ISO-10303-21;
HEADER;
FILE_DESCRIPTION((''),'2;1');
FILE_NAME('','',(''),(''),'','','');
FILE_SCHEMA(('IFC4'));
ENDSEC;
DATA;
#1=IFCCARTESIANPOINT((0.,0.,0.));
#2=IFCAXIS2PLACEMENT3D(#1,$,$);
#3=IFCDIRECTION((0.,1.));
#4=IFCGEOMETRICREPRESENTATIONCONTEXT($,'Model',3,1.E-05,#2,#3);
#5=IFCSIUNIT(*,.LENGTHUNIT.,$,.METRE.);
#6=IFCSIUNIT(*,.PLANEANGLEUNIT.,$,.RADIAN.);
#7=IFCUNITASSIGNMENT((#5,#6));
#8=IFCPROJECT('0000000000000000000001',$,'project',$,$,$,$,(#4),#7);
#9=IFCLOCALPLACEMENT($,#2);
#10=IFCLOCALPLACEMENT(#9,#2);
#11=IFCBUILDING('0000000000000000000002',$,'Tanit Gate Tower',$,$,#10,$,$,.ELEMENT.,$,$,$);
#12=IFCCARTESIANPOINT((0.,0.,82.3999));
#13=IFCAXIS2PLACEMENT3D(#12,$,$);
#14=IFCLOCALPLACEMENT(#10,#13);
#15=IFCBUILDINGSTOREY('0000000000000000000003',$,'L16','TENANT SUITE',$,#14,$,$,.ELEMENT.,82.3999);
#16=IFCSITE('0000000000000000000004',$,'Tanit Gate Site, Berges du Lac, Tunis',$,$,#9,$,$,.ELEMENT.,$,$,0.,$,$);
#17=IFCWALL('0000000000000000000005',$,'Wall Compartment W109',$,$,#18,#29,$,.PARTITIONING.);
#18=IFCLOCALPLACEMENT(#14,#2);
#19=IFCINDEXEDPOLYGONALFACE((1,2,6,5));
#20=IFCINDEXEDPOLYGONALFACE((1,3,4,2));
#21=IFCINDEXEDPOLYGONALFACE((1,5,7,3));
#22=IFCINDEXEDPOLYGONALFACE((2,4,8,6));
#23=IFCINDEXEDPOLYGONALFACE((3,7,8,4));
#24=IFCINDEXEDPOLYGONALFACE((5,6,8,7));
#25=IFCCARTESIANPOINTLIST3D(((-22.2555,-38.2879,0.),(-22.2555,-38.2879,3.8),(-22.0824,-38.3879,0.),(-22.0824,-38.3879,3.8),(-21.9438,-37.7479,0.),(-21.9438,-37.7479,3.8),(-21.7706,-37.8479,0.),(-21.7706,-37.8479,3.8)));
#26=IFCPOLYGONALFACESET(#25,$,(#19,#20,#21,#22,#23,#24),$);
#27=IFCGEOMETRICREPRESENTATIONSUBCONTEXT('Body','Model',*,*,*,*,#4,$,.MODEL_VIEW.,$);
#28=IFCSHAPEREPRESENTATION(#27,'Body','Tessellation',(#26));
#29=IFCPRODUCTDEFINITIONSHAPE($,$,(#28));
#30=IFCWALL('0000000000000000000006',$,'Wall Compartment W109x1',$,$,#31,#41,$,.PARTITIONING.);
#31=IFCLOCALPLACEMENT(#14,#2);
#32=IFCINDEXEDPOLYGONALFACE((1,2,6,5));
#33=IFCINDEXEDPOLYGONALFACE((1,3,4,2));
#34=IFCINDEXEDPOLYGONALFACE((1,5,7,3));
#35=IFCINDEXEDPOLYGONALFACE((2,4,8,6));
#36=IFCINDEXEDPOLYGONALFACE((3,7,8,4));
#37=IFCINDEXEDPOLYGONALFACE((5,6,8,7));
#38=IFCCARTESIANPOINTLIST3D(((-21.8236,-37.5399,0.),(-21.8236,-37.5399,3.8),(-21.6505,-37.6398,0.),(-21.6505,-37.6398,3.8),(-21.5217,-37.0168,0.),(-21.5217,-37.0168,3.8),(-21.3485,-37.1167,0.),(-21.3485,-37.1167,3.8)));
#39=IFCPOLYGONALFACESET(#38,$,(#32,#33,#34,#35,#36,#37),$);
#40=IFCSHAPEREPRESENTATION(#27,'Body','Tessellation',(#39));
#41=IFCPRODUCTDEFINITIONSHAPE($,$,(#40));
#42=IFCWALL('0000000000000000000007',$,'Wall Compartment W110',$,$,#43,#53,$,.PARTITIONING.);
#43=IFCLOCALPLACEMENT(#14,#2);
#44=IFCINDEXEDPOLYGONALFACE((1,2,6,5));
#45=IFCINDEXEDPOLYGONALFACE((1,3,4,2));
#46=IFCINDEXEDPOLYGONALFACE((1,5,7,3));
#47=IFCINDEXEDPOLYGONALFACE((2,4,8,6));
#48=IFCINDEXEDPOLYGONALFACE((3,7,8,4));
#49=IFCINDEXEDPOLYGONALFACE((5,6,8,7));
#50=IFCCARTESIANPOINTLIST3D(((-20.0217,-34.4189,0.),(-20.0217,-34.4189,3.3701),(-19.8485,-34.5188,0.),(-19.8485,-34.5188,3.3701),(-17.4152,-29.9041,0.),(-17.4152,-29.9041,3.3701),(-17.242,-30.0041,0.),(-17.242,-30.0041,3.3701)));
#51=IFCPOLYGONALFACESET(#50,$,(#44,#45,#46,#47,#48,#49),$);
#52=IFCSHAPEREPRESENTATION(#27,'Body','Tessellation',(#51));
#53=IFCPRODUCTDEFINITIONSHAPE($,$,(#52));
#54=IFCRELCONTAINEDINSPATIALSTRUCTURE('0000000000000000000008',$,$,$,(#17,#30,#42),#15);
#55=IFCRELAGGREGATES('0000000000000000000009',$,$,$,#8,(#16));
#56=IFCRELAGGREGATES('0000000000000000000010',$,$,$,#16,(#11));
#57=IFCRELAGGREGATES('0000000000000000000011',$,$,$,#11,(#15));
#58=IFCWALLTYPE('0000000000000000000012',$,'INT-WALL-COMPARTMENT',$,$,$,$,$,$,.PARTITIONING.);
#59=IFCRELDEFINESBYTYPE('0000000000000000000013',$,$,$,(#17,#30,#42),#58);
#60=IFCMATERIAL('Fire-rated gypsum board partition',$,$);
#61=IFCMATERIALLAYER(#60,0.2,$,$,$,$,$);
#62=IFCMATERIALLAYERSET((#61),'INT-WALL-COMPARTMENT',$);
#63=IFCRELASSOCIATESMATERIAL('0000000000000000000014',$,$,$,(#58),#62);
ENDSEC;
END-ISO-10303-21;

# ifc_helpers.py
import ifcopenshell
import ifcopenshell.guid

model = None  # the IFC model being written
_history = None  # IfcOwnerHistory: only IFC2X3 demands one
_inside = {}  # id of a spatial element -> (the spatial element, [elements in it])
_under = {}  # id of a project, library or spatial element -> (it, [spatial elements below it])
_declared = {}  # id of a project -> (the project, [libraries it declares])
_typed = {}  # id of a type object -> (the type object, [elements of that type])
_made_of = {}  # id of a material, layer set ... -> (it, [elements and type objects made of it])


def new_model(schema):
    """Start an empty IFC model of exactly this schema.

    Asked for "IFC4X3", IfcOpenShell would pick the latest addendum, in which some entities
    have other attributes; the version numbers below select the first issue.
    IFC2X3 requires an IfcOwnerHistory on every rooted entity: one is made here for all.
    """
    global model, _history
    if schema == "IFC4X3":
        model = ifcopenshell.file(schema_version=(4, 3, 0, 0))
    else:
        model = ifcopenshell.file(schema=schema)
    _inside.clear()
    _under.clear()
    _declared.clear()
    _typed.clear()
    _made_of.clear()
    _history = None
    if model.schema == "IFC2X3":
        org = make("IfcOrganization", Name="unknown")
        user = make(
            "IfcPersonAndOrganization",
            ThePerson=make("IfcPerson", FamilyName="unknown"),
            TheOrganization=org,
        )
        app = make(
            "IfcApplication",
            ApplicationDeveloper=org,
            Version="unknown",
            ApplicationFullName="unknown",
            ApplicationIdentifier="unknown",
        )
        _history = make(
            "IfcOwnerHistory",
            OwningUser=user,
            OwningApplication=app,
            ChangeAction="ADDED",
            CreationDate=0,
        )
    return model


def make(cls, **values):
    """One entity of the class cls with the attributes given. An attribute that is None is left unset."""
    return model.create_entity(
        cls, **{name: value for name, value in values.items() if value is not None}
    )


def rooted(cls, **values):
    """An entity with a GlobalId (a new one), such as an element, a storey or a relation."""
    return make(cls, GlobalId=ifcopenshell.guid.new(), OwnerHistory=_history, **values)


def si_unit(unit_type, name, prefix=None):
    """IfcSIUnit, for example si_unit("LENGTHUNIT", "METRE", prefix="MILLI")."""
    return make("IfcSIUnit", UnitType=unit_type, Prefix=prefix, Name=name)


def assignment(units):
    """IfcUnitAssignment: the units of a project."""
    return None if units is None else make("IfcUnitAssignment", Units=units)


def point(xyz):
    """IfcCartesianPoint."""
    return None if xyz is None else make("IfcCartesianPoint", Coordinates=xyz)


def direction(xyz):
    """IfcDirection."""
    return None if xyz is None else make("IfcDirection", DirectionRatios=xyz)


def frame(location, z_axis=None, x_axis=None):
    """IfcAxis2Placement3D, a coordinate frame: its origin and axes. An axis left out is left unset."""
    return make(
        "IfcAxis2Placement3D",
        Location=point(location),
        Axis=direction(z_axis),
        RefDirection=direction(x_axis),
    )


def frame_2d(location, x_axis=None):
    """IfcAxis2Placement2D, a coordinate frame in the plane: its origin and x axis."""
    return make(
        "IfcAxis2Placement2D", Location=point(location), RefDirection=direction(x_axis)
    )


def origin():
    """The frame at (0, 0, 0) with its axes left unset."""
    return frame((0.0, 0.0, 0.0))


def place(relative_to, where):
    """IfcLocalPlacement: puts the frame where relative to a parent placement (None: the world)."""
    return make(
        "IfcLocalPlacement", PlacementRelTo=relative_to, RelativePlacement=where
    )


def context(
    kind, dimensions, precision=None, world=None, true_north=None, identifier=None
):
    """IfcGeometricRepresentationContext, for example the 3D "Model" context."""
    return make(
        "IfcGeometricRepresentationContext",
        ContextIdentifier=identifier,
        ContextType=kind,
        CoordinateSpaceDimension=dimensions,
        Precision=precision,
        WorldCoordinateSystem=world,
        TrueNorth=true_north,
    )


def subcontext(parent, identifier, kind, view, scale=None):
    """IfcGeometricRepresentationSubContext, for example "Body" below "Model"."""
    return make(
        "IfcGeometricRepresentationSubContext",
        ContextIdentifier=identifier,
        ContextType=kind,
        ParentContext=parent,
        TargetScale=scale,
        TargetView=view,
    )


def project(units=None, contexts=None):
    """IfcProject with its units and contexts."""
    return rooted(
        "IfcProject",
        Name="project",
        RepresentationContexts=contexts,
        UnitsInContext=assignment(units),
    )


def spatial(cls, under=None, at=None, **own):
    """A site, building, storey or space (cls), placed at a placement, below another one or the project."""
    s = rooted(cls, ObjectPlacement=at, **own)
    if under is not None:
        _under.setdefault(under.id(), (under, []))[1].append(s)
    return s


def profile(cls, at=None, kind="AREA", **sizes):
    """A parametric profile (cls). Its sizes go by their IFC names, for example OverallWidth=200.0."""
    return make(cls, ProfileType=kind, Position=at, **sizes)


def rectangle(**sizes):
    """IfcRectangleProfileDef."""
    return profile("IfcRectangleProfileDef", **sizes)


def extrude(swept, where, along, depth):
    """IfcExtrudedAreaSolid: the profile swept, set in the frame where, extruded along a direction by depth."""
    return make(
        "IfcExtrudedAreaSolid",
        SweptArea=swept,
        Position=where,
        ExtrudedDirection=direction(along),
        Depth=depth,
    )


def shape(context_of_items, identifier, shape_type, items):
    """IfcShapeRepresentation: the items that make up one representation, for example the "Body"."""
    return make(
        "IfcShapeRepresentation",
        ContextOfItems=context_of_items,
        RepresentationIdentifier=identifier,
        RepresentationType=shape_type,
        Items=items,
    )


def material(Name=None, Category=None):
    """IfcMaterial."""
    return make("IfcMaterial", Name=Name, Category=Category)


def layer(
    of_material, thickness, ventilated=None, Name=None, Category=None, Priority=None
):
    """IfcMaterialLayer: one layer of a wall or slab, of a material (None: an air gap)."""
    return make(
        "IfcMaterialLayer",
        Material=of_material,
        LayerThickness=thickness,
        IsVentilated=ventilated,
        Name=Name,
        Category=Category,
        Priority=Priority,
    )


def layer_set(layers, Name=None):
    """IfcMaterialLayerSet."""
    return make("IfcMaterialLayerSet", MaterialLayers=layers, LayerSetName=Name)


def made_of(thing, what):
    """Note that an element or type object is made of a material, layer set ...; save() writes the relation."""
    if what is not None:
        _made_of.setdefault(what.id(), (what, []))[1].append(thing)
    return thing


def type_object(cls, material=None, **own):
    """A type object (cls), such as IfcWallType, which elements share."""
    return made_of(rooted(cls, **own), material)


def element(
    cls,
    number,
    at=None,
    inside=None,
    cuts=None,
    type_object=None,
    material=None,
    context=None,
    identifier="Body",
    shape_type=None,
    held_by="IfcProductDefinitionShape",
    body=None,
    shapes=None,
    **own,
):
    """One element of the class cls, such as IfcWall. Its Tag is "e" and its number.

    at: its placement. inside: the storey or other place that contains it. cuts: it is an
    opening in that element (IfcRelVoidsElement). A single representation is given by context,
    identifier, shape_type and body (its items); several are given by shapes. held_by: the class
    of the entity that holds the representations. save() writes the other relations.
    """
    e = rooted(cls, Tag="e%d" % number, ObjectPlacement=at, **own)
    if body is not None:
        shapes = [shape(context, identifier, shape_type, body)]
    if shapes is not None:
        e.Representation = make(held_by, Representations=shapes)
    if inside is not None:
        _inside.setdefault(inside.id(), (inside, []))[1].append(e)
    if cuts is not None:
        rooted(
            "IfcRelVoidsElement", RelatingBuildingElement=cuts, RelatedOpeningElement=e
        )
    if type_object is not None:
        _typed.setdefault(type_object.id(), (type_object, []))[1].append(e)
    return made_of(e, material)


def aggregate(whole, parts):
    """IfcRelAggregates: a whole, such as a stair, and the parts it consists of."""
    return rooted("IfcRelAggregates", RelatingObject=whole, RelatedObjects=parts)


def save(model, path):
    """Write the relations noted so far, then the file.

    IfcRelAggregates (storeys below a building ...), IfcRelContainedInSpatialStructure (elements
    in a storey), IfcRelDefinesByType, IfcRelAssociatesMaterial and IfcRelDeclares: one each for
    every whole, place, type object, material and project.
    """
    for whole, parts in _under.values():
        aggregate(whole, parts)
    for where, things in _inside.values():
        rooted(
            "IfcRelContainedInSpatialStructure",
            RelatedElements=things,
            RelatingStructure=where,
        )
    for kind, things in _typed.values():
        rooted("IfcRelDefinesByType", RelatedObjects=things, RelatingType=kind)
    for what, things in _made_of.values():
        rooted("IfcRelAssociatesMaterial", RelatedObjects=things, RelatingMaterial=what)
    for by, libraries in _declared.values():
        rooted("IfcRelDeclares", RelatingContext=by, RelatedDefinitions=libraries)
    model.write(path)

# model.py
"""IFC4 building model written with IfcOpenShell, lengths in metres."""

from ifc_helpers import new_model, si_unit, direction, frame, frame_2d, origin, place, context, subcontext, project, spatial, rectangle, extrude, material, layer, layer_set, type_object, element, save


model = new_model("IFC4")

# Units and contexts
model_context = context("Model", 3, precision=1e-05, world=origin(), true_north=direction((0.0, 1.0)))
body_context = subcontext(model_context, "Body", "Model", "MODEL_VIEW")
ifc_project = project(units=[si_unit("LENGTHUNIT", "METRE"), si_unit("PLANEANGLEUNIT", "RADIAN")], contexts=[model_context])

# Site, building, storey
site_placement = place(None, origin())
site = spatial("IfcSite", under=ifc_project, at=site_placement, Name="Tanit Gate Site, Berges du Lac, Tunis", CompositionType="ELEMENT", RefElevation=0.0)
building_placement = place(site_placement, origin())
building = spatial("IfcBuilding", under=site, at=building_placement, Name="Tanit Gate Tower", CompositionType="ELEMENT")
storey_placement = place(building_placement, frame((0.0, 0.0, 82.3999)))
storey = spatial("IfcBuildingStorey", under=building, at=storey_placement, Name="L16", Description="TENANT SUITE", CompositionType="ELEMENT", Elevation=82.3999)

# Walls
ifc_material_1 = material(Name="Fire-rated gypsum board partition")
ifc_layer_1 = layer(ifc_material_1, 0.2)
ifc_layer_set_1 = layer_set([ifc_layer_1], Name="INT-WALL-COMPARTMENT")
wall_type_1 = type_object("IfcWallType", Name="INT-WALL-COMPARTMENT", PredefinedType="PARTITIONING", material=ifc_layer_set_1)
wall_1_placement = place(storey_placement, frame((-22.1689, -38.3379, 0.0), z_axis=(0.0, 0.0, 1.0), x_axis=(0.499971, 0.866042, 0.0)))
element("IfcWall", 1, at=wall_1_placement, inside=storey, type_object=wall_type_1, Name="Wall Compartment W109", PredefinedType="PARTITIONING", context=body_context, shape_type="SweptSolid", body=[
    extrude(rectangle(XDim=0.6235, YDim=0.2, at=frame_2d((0.3118, 0.0))), origin(), (0.0, 0.0, 1.0), 3.8),
])
wall_2_placement = place(storey_placement, frame((-21.7371, -37.5898, 0.0), z_axis=(0.0, 0.0, 1.0), x_axis=(0.499921, 0.866071, 0.0)))
element("IfcWall", 2, at=wall_2_placement, inside=storey, type_object=wall_type_1, Name="Wall Compartment W109x1", PredefinedType="PARTITIONING", context=body_context, shape_type="SweptSolid", body=[
    extrude(rectangle(XDim=0.604, YDim=0.2, at=frame_2d((0.302, 0.0))), origin(), (0.0, 0.0, 1.0), 3.8),
])
wall_3_placement = place(storey_placement, frame((-19.9351, -34.4688, 0.0), z_axis=(0.0, 0.0, 1.0), x_axis=(0.499987, 0.866033, 0.0)))
element("IfcWall", 3, at=wall_3_placement, inside=storey, type_object=wall_type_1, Name="Wall Compartment W110", PredefinedType="PARTITIONING", context=body_context, shape_type="SweptSolid", body=[
    extrude(rectangle(XDim=5.2131, YDim=0.2, at=frame_2d((2.6064, 0.0))), origin(), (0.0, 0.0, 1.0), 3.3701),
])

save(model, "model.ifc")
